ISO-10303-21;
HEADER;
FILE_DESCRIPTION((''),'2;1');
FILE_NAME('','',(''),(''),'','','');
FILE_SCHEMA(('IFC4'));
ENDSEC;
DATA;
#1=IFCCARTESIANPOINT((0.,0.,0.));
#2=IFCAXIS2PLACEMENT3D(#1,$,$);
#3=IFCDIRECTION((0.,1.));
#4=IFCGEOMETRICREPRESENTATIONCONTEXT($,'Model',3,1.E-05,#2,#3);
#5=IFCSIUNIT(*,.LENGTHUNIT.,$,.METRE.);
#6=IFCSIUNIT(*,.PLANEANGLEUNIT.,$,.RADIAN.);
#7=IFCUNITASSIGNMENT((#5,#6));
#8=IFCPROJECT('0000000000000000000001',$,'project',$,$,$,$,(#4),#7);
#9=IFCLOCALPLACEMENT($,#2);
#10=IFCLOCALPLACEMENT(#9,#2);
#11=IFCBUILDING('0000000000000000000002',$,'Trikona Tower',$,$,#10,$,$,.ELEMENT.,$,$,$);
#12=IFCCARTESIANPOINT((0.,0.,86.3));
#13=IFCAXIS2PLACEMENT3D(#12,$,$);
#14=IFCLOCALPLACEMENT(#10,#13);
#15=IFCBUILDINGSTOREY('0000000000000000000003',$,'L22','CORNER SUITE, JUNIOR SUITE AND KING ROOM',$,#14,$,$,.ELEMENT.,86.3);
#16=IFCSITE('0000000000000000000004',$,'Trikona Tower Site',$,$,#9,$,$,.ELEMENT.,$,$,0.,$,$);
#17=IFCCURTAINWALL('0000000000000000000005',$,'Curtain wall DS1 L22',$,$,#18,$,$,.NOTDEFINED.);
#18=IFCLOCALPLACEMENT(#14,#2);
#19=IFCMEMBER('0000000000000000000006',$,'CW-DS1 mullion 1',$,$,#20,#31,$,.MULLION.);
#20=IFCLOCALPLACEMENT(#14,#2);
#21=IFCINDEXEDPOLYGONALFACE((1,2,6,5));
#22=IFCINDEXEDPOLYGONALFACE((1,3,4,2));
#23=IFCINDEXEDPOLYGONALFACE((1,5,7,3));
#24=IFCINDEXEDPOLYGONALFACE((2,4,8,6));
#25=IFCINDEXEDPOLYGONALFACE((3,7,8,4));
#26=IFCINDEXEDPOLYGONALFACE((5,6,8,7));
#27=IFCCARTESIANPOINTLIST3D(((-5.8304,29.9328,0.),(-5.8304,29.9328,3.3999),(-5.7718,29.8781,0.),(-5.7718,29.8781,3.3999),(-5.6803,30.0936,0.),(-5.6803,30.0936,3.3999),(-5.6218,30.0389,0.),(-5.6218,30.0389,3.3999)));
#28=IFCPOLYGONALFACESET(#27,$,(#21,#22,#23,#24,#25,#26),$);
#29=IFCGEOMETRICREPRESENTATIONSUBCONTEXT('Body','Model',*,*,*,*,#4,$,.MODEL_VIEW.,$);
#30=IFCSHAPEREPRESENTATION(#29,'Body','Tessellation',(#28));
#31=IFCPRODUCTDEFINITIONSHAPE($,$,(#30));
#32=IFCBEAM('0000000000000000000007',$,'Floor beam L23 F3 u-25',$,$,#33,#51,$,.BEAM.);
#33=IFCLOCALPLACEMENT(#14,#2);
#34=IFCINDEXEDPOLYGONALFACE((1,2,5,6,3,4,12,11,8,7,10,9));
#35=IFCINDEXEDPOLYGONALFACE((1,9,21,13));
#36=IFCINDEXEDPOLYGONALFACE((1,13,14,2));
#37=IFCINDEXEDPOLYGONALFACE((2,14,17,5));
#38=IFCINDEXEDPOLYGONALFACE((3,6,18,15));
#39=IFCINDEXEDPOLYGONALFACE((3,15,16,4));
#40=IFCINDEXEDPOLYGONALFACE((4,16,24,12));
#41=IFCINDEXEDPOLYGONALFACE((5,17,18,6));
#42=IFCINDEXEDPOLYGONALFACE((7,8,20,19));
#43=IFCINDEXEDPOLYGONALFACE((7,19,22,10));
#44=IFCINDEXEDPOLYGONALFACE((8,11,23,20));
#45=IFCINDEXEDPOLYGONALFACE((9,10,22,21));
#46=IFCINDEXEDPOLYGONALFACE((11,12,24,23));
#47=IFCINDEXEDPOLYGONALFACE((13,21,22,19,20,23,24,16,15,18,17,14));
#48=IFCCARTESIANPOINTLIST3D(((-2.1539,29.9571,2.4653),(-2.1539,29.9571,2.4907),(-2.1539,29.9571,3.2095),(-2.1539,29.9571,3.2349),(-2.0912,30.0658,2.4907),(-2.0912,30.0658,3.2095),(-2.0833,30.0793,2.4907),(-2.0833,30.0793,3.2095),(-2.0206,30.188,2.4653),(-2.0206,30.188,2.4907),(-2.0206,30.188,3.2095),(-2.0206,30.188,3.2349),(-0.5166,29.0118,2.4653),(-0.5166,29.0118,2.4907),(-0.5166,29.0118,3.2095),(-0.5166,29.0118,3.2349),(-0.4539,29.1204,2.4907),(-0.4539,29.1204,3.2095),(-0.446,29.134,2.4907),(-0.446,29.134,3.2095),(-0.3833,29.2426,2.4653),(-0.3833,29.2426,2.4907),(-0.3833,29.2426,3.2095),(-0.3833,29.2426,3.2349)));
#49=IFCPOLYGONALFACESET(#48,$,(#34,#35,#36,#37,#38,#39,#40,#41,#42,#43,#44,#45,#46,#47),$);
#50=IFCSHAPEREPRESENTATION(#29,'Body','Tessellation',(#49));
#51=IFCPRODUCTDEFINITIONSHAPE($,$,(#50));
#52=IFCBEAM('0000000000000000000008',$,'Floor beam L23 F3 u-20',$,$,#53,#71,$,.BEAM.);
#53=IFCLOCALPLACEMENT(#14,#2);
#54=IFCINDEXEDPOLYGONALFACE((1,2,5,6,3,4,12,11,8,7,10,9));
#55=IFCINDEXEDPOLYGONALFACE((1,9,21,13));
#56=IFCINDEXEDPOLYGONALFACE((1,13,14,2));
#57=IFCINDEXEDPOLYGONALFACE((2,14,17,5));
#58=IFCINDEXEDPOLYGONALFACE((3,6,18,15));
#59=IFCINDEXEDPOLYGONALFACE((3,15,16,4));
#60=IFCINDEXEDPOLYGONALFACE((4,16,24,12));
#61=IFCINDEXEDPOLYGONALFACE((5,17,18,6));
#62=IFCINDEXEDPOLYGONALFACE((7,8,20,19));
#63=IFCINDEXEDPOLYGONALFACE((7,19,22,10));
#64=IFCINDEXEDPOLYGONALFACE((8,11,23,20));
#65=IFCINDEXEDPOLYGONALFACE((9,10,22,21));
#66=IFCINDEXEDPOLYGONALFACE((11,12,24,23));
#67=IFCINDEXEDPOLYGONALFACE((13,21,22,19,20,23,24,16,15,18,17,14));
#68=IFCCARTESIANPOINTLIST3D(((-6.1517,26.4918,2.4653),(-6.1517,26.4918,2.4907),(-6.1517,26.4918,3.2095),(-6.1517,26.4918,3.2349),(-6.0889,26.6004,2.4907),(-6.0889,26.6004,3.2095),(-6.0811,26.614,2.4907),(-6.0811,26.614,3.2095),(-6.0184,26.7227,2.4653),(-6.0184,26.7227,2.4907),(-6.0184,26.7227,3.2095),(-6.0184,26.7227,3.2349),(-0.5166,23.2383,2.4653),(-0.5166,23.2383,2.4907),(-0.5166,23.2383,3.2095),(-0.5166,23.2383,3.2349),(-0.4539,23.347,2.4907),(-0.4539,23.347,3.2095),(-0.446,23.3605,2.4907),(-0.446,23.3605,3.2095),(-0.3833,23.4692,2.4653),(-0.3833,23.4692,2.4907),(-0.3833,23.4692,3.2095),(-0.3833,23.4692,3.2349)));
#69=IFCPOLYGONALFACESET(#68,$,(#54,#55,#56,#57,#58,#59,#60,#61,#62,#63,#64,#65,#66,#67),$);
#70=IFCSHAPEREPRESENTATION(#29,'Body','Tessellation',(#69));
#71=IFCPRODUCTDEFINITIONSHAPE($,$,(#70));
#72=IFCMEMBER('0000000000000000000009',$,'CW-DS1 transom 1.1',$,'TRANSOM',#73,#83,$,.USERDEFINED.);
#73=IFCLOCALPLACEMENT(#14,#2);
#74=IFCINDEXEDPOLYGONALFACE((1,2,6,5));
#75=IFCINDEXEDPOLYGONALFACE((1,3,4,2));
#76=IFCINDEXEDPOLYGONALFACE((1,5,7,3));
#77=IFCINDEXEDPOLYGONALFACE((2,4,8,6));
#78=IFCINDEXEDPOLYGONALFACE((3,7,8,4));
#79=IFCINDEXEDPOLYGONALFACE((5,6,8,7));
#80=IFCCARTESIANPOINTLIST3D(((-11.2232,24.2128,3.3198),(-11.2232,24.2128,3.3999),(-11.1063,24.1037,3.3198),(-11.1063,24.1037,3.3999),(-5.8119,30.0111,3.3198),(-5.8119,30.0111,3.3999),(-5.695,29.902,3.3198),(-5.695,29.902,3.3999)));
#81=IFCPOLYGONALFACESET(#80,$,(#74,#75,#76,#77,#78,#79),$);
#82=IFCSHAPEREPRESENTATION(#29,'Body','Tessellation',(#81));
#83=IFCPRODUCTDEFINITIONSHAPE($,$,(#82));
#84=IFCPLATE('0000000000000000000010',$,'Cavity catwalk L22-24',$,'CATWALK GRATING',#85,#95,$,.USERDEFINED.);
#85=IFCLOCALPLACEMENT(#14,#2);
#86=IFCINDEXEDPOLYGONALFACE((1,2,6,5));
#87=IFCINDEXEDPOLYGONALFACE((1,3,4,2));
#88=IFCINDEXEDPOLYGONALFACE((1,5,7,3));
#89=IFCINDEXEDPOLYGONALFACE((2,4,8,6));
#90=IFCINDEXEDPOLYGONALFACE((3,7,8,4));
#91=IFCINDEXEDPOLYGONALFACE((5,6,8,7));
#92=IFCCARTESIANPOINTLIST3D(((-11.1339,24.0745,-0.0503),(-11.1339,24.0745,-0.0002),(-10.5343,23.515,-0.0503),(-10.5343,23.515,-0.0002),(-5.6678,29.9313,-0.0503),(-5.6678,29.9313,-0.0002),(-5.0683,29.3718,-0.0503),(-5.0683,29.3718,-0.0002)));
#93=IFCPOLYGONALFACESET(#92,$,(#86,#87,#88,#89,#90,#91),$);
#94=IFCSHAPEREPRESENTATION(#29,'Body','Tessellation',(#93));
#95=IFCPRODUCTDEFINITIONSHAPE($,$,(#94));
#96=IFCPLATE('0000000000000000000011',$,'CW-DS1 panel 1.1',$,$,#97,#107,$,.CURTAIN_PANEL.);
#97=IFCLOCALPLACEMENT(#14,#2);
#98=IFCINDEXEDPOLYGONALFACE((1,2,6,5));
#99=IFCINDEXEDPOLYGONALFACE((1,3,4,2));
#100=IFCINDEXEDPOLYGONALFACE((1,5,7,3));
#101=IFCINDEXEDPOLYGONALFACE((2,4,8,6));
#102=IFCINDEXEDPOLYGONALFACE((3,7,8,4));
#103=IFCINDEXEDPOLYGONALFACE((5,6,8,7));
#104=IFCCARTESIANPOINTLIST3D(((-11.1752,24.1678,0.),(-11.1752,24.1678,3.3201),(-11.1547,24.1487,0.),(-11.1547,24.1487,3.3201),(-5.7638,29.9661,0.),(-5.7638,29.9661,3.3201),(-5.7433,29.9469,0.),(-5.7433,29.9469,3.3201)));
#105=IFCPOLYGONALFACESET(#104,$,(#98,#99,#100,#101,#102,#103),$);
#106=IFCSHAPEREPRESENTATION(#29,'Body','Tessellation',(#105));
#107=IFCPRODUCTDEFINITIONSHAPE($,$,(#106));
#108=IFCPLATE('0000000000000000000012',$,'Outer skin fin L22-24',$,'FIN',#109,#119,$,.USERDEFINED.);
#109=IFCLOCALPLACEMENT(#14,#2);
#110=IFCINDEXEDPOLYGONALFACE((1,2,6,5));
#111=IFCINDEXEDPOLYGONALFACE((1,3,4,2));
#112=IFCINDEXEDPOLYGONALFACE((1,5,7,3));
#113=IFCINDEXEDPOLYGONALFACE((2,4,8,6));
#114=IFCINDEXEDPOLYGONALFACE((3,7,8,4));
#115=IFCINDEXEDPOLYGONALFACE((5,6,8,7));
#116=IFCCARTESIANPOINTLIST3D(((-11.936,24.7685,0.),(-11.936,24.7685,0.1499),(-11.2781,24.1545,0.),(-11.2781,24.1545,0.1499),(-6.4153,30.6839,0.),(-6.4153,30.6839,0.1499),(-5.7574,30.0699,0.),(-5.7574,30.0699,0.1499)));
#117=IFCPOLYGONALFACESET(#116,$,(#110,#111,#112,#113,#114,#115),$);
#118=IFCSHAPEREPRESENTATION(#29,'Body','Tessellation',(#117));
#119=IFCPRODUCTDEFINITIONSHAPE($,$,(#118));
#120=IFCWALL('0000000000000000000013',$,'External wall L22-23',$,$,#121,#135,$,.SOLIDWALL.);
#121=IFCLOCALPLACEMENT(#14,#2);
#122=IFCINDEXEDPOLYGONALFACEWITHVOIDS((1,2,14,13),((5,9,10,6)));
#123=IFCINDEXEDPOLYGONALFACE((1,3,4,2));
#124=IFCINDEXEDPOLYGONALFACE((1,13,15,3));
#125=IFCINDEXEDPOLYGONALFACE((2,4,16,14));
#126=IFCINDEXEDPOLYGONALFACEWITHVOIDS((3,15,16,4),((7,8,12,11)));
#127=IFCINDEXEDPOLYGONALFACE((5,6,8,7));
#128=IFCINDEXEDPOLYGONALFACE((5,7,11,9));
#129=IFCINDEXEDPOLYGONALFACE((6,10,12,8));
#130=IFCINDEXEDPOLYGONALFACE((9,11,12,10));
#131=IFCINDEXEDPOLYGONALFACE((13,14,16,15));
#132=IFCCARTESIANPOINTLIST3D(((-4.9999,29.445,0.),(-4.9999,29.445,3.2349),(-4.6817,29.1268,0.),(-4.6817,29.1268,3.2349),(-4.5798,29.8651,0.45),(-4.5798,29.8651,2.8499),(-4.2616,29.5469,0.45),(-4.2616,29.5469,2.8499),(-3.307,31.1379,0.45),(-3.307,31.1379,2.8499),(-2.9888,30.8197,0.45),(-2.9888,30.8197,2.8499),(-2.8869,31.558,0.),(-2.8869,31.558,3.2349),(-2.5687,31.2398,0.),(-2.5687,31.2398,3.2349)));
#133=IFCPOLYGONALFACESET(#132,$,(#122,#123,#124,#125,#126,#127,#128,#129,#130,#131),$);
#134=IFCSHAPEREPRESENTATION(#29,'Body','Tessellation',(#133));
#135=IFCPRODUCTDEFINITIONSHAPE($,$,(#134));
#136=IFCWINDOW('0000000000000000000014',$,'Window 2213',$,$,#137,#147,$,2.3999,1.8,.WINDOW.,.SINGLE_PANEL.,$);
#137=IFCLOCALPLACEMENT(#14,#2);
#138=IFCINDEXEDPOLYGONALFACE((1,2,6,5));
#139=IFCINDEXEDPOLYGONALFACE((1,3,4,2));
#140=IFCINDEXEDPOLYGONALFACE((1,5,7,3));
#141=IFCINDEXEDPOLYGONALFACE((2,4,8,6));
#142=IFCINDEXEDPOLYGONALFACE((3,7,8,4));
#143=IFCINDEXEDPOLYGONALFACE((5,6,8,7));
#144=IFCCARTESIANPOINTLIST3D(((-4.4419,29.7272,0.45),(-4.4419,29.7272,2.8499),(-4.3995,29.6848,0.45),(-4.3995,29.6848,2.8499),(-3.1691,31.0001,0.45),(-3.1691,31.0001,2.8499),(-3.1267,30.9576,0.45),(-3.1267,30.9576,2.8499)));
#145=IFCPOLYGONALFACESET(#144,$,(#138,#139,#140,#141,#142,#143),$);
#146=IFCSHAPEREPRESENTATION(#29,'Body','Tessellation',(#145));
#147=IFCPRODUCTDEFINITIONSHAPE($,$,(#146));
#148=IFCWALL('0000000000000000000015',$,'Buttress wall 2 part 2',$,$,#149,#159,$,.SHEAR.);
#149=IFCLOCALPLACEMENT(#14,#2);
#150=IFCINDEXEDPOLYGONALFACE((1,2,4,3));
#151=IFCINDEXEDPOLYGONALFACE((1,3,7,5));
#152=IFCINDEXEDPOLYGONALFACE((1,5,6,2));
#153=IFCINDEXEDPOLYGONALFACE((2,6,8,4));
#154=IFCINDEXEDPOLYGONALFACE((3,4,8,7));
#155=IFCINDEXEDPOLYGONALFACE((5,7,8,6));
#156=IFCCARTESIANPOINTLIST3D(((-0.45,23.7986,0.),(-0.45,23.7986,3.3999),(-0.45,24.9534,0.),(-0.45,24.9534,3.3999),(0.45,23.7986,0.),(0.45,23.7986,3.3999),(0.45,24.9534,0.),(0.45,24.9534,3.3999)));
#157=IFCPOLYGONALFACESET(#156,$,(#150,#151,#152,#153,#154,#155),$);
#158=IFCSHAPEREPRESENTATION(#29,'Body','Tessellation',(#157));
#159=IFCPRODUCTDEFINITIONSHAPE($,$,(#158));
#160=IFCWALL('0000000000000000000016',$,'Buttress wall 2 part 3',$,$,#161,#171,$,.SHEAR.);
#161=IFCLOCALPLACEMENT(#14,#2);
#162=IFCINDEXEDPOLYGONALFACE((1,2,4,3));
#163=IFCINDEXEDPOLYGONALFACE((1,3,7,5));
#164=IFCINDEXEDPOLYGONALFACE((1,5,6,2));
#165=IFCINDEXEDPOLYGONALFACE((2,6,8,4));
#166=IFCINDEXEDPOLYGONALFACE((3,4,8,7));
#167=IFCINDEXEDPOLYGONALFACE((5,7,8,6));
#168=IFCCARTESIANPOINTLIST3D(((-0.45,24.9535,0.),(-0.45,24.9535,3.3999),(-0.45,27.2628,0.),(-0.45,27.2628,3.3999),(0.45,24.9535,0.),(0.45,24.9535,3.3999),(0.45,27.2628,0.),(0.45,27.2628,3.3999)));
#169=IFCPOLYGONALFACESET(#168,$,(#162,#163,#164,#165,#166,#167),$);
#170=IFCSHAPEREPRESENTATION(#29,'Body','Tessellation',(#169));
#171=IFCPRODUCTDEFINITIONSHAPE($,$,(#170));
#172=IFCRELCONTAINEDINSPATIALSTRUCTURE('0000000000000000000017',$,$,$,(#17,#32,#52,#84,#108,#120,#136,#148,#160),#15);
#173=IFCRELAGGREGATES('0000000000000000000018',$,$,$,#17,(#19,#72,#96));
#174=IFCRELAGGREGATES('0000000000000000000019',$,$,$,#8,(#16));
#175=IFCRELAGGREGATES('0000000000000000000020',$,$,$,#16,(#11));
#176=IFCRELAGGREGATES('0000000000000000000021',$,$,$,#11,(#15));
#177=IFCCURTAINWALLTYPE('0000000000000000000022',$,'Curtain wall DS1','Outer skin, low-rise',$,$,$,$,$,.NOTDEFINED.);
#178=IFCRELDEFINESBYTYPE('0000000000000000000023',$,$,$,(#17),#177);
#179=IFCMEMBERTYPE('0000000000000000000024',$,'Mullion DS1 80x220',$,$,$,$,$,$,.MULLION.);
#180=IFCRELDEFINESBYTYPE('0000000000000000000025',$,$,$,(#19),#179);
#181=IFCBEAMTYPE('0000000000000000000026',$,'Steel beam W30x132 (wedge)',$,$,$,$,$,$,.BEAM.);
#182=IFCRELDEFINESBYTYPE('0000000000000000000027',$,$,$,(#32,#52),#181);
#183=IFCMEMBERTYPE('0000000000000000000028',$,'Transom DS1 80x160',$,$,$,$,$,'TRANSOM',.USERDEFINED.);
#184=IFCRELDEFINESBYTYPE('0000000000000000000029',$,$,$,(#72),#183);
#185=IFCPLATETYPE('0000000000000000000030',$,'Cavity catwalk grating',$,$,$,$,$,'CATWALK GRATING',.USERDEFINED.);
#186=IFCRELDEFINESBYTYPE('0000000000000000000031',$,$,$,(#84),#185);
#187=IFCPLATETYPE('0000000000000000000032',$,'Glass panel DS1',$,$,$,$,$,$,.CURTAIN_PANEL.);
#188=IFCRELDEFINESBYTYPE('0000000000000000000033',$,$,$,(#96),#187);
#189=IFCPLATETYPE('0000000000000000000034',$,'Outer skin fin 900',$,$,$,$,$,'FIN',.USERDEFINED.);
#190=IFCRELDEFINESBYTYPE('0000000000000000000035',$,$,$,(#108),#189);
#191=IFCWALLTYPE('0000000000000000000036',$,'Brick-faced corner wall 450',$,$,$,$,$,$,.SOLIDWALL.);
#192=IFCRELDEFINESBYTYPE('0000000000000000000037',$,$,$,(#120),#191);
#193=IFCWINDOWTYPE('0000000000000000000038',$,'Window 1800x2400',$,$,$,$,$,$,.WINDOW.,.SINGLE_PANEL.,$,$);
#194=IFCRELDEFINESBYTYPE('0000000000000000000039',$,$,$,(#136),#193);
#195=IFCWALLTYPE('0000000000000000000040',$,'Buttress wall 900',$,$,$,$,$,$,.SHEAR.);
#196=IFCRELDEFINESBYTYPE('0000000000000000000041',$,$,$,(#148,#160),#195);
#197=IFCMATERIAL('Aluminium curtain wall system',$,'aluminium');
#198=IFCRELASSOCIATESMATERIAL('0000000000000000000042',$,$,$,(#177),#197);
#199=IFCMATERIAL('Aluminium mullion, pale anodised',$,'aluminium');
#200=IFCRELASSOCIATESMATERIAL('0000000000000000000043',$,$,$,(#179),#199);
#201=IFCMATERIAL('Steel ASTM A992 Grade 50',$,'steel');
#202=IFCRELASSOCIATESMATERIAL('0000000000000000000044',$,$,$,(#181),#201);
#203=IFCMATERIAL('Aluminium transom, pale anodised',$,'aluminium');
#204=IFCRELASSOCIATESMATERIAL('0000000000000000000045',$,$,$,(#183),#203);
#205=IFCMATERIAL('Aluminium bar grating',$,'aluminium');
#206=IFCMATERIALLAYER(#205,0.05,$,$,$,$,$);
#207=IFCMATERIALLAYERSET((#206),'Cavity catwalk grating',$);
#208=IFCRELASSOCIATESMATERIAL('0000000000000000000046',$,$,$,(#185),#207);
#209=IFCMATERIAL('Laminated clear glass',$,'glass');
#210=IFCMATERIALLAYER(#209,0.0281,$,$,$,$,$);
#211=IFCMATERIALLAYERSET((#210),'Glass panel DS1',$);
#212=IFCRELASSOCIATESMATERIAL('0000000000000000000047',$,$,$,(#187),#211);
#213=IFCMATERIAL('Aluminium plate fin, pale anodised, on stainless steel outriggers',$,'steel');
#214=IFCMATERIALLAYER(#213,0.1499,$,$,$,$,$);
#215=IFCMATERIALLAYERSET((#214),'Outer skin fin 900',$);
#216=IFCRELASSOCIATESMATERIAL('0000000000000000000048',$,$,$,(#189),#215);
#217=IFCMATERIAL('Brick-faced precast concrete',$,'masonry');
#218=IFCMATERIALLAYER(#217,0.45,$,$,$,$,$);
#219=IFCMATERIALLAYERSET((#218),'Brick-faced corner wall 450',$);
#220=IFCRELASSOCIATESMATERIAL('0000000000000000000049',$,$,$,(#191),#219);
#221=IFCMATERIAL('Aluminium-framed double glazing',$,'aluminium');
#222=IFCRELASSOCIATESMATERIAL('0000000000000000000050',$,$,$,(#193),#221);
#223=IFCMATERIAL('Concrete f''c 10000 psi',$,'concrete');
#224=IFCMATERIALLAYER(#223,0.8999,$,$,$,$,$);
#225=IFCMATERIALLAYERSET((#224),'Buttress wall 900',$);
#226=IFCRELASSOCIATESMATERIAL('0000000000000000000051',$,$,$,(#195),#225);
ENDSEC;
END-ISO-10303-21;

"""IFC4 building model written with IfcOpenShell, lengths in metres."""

from ifc_helpers import new_model, si_unit, direction, frame, frame_2d, origin, origin_2d, place, context, subcontext, project, spatial, rectangle, i_section, extrude, material, layer, layer_set, material_profile, profile_set, type_object, element, fill, aggregate, save


model = new_model("IFC4")

# Units and contexts
model_context = context("Model", 3, precision=1e-05, world=origin(), true_north=direction((0.0, 1.0)))
body_context = subcontext(model_context, "Body", "Model", "MODEL_VIEW")
ifc_project = project(units=[si_unit("LENGTHUNIT", "METRE"), si_unit("PLANEANGLEUNIT", "RADIAN")], contexts=[model_context])

# Site, building, storey
site_placement = place(None, origin())
site = spatial("IfcSite", under=ifc_project, at=site_placement, Name="Trikona Tower Site", CompositionType="ELEMENT", RefElevation=0.0)
building_placement = place(site_placement, origin())
building = spatial("IfcBuilding", under=site, at=building_placement, Name="Trikona Tower", CompositionType="ELEMENT")
storey_placement = place(building_placement, frame((0.0, 0.0, 86.3)))
storey = spatial("IfcBuildingStorey", under=building, at=storey_placement, Name="L22", Description="CORNER SUITE, JUNIOR SUITE AND KING ROOM", CompositionType="ELEMENT", Elevation=86.3)

# Curtain wall, member
ifc_material_1 = material(Name="Aluminium curtain wall system", Category="aluminium")
curtain_wall_type = type_object("IfcCurtainWallType", Name="Curtain wall DS1", Description="Outer skin, low-rise", PredefinedType="NOTDEFINED", material=ifc_material_1)
curtain_wall_placement = place(storey_placement, origin())
curtain_wall = element("IfcCurtainWall", 1, at=curtain_wall_placement, inside=storey, type_object=curtain_wall_type, Name="Curtain wall DS1 L22", PredefinedType="NOTDEFINED")
ifc_material_2 = material(Name="Aluminium mullion, pale anodised", Category="aluminium")
ifc_material_profile_1 = material_profile(ifc_material_2, rectangle(XDim=0.0801, YDim=0.22, at=origin_2d()), Name="MUL-DS1")
ifc_profile_set_1 = profile_set([ifc_material_profile_1], Name="Aluminium mullion, pale anodised")
member_type_1 = type_object("IfcMemberType", Name="Mullion DS1 80x220", PredefinedType="MULLION", material=ifc_profile_set_1)
member_1_placement = place(storey_placement, frame((-5.7261, 29.9858, 0.0), z_axis=(0.0, 0.0, 1.0), x_axis=(0.731077, -0.682295, 0.0)))
member_1 = element("IfcMember", 2, at=member_1_placement, type_object=member_type_1, Name="CW-DS1 mullion 1", PredefinedType="MULLION", context=body_context, shape_type="SweptSolid", body=[
    extrude(rectangle(XDim=0.0801, YDim=0.22, at=origin_2d()), origin(), (0.0, 0.0, 1.0), 3.3999),
])

# Beams
ifc_material_3 = material(Name="Steel ASTM A992 Grade 50", Category="steel")
ifc_material_profile_2 = material_profile(ifc_material_3, i_section(OverallWidth=0.2666, OverallDepth=0.7695, WebThickness=0.0156, FlangeThickness=0.0254, at=origin_2d()), Name="W30X132")
ifc_profile_set_2 = profile_set([ifc_material_profile_2], Name="Steel ASTM A992 Grade 50")
beam_type = type_object("IfcBeamType", Name="Steel beam W30x132 (wedge)", PredefinedType="BEAM", material=ifc_profile_set_2)
beam_1_placement = place(storey_placement, frame((-0.45, 29.1272, 2.8501), z_axis=(-0.866009, 0.500028, 0.0), x_axis=(-0.500028, -0.866009, 0.0)))
element("IfcBeam", 3, at=beam_1_placement, inside=storey, type_object=beam_type, Name="Floor beam L23 F3 u-25", PredefinedType="BEAM", context=body_context, shape_type="SweptSolid", body=[
    extrude(i_section(OverallWidth=0.2666, OverallDepth=0.7695, WebThickness=0.0156, FlangeThickness=0.0254, at=origin_2d()), origin(), (0.0, 0.0, 1.0), 1.8906),
])
beam_2_placement = place(storey_placement, frame((-0.45, 23.3538, 2.8501), z_axis=(-0.866023, 0.500005, 0.0), x_axis=(-0.500005, -0.866023, 0.0)))
element("IfcBeam", 4, at=beam_2_placement, inside=storey, type_object=beam_type, Name="Floor beam L23 F3 u-20", PredefinedType="BEAM", context=body_context, shape_type="SweptSolid", body=[
    extrude(i_section(OverallWidth=0.2666, OverallDepth=0.7695, WebThickness=0.0156, FlangeThickness=0.0254, at=origin_2d()), origin(), (0.0, 0.0, 1.0), 6.5068),
])

# Member
ifc_material_4 = material(Name="Aluminium transom, pale anodised", Category="aluminium")
ifc_material_profile_3 = material_profile(ifc_material_4, rectangle(XDim=0.1599, YDim=0.0801, at=origin_2d()), Name="TRN-DS1")
ifc_profile_set_3 = profile_set([ifc_material_profile_3], Name="Aluminium transom, pale anodised")
member_type_2 = type_object("IfcMemberType", Name="Transom DS1 80x160", ElementType="TRANSOM", PredefinedType="USERDEFINED", material=ifc_profile_set_3)
member_2_placement = place(storey_placement, frame((-5.7534, 29.9565, 3.3599), z_axis=(-0.682291, -0.731081, 0.0), x_axis=(0.731081, -0.682291, 0.0)))
member_2 = element("IfcMember", 5, at=member_2_placement, type_object=member_type_2, Name="CW-DS1 transom 1.1", ObjectType="TRANSOM", PredefinedType="USERDEFINED", context=body_context, shape_type="SweptSolid", body=[
    extrude(rectangle(XDim=0.1599, YDim=0.0801, at=origin_2d()), origin(), (0.0, 0.0, 1.0), 7.9312),
])

# Plates
ifc_material_5 = material(Name="Aluminium bar grating", Category="aluminium")
ifc_layer_1 = layer(ifc_material_5, 0.05)
ifc_layer_set_1 = layer_set([ifc_layer_1], Name="Cavity catwalk grating")
plate_type_1 = type_object("IfcPlateType", Name="Cavity catwalk grating", ElementType="CATWALK GRATING", PredefinedType="USERDEFINED", material=ifc_layer_set_1)
plate_1_placement = place(storey_placement, frame((-8.1011, 26.7231, -0.0503), z_axis=(0.0, 0.0, 1.0), x_axis=(-0.682298, -0.731074, 0.0)))
element("IfcPlate", 6, at=plate_1_placement, inside=storey, type_object=plate_type_1, Name="Cavity catwalk L22-24", ObjectType="CATWALK GRATING", PredefinedType="USERDEFINED", context=body_context, shape_type="SweptSolid", body=[
    extrude(rectangle(XDim=8.0112, YDim=0.8201, at=origin_2d()), origin(), (0.0, 0.0, 1.0), 0.05),
])
ifc_material_6 = material(Name="Laminated clear glass", Category="glass")
ifc_layer_2 = layer(ifc_material_6, 0.0281)
ifc_layer_set_2 = layer_set([ifc_layer_2], Name="Glass panel DS1")
plate_type_2 = type_object("IfcPlateType", Name="Glass panel DS1", PredefinedType="CURTAIN_PANEL", material=ifc_layer_set_2)
plate_2_placement = place(storey_placement, frame((-8.4592, 27.0574, 0.0), z_axis=(0.0, 0.0, 1.0), x_axis=(-0.682295, -0.731077, 0.0)))
plate_2 = element("IfcPlate", 7, at=plate_2_placement, type_object=plate_type_2, Name="CW-DS1 panel 1.1", PredefinedType="CURTAIN_PANEL", context=body_context, shape_type="SweptSolid", body=[
    extrude(rectangle(XDim=7.9312, YDim=0.0281, at=origin_2d()), origin(), (0.0, 0.0, 1.0), 3.3201),
])
aggregate(curtain_wall, [member_1, member_2, plate_2])
ifc_material_7 = material(Name="Aluminium plate fin, pale anodised, on stainless steel outriggers", Category="steel")
ifc_layer_3 = layer(ifc_material_7, 0.1499)
ifc_layer_set_3 = layer_set([ifc_layer_3], Name="Outer skin fin 900")
plate_type_3 = type_object("IfcPlateType", Name="Outer skin fin 900", ElementType="FIN", PredefinedType="USERDEFINED", material=ifc_layer_set_3)
plate_3_placement = place(storey_placement, frame((-8.8467, 27.4192, 0.0), z_axis=(0.0, 0.0, 1.0), x_axis=(-0.682298, -0.731074, 0.0)))
element("IfcPlate", 8, at=plate_3_placement, inside=storey, type_object=plate_type_3, Name="Outer skin fin L22-24", ObjectType="FIN", PredefinedType="USERDEFINED", context=body_context, shape_type="SweptSolid", body=[
    extrude(rectangle(XDim=8.0913, YDim=0.8999, at=origin_2d()), origin(), (0.0, 0.0, 1.0), 0.1499),
])

# Wall, opening, window
ifc_material_8 = material(Name="Brick-faced precast concrete", Category="masonry")
ifc_layer_4 = layer(ifc_material_8, 0.45)
ifc_layer_set_4 = layer_set([ifc_layer_4], Name="Brick-faced corner wall 450")
wall_type_1 = type_object("IfcWallType", Name="Brick-faced corner wall 450", PredefinedType="SOLIDWALL", material=ifc_layer_set_4)
wall_1_placement = place(storey_placement, frame((-2.7278, 31.3989, 0.0), z_axis=(0.0, 0.0, 1.0), x_axis=(-0.707107, -0.707107, 0.0)))
wall_1 = element("IfcWall", 9, at=wall_1_placement, inside=storey, type_object=wall_type_1, Name="External wall L22-23", PredefinedType="SOLIDWALL", context=body_context, shape_type="SweptSolid", body=[
    extrude(rectangle(XDim=2.9883, YDim=0.45, at=frame_2d((1.4941, 0.0))), origin(), (0.0, 0.0, 1.0), 3.2349),
])
opening_1_placement = place(wall_1_placement, frame((0.5942, 0.0, 0.45)))
opening_1 = element("IfcOpeningElement", 10, at=opening_1_placement, cuts=wall_1, PredefinedType="OPENING", context=body_context, shape_type="SweptSolid", body=[
    extrude(rectangle(XDim=1.8, YDim=2.3999, at=frame_2d((0.8999, 1.2))), frame((0.0, 0.2349, 0.0), z_axis=(0.0, -1.0, 0.0), x_axis=(1.0, 0.0, 0.0)), (0.0, 0.0, 1.0), 0.47),
])
ifc_material_9 = material(Name="Aluminium-framed double glazing", Category="aluminium")
window_type_1 = type_object("IfcWindowType", Name="Window 1800x2400", PartitioningType="SINGLE_PANEL", PredefinedType="WINDOW", material=ifc_material_9)
window_1_placement = place(opening_1_placement, origin())
window_1 = element("IfcWindow", 11, at=window_1_placement, inside=storey, type_object=window_type_1, Name="Window 2213", OverallHeight=2.3999, OverallWidth=1.8, PartitioningType="SINGLE_PANEL", PredefinedType="WINDOW", context=body_context, shape_type="SweptSolid", body=[
    extrude(rectangle(XDim=1.8, YDim=2.3999, at=frame_2d((0.8999, 1.2))), frame((0.0, 0.03, 0.0), z_axis=(0.0, -1.0, 0.0), x_axis=(1.0, 0.0, 0.0)), (0.0, 0.0, 1.0), 0.0601),
])
fill(opening_1, window_1)

# Walls
ifc_material_10 = material(Name="Concrete f'c 10000 psi", Category="concrete")
ifc_layer_5 = layer(ifc_material_10, 0.8999)
ifc_layer_set_5 = layer_set([ifc_layer_5], Name="Buttress wall 900")
wall_type_2 = type_object("IfcWallType", Name="Buttress wall 900", PredefinedType="SHEAR", material=ifc_layer_set_5)
wall_2_placement = place(storey_placement, frame((0.0, 23.7986, 0.0), z_axis=(0.0, 0.0, 1.0), x_axis=(0.0, 1.0, 0.0)))
element("IfcWall", 12, at=wall_2_placement, inside=storey, type_object=wall_type_2, Name="Buttress wall 2 part 2", PredefinedType="SHEAR", context=body_context, shape_type="SweptSolid", body=[
    extrude(rectangle(XDim=1.1548, YDim=0.8999, at=frame_2d((0.5774, 0.0))), origin(), (0.0, 0.0, 1.0), 3.3999),
])
wall_3_placement = place(storey_placement, frame((0.0, 24.9534, 0.0), z_axis=(0.0, 0.0, 1.0), x_axis=(0.0, 1.0, 0.0)))
element("IfcWall", 13, at=wall_3_placement, inside=storey, type_object=wall_type_2, Name="Buttress wall 2 part 3", PredefinedType="SHEAR", context=body_context, shape_type="SweptSolid", body=[
    extrude(rectangle(XDim=2.3093, YDim=0.8999, at=frame_2d((1.1548, 0.0))), origin(), (0.0, 0.0, 1.0), 3.3999),
])

save(model, "model.ifc")
